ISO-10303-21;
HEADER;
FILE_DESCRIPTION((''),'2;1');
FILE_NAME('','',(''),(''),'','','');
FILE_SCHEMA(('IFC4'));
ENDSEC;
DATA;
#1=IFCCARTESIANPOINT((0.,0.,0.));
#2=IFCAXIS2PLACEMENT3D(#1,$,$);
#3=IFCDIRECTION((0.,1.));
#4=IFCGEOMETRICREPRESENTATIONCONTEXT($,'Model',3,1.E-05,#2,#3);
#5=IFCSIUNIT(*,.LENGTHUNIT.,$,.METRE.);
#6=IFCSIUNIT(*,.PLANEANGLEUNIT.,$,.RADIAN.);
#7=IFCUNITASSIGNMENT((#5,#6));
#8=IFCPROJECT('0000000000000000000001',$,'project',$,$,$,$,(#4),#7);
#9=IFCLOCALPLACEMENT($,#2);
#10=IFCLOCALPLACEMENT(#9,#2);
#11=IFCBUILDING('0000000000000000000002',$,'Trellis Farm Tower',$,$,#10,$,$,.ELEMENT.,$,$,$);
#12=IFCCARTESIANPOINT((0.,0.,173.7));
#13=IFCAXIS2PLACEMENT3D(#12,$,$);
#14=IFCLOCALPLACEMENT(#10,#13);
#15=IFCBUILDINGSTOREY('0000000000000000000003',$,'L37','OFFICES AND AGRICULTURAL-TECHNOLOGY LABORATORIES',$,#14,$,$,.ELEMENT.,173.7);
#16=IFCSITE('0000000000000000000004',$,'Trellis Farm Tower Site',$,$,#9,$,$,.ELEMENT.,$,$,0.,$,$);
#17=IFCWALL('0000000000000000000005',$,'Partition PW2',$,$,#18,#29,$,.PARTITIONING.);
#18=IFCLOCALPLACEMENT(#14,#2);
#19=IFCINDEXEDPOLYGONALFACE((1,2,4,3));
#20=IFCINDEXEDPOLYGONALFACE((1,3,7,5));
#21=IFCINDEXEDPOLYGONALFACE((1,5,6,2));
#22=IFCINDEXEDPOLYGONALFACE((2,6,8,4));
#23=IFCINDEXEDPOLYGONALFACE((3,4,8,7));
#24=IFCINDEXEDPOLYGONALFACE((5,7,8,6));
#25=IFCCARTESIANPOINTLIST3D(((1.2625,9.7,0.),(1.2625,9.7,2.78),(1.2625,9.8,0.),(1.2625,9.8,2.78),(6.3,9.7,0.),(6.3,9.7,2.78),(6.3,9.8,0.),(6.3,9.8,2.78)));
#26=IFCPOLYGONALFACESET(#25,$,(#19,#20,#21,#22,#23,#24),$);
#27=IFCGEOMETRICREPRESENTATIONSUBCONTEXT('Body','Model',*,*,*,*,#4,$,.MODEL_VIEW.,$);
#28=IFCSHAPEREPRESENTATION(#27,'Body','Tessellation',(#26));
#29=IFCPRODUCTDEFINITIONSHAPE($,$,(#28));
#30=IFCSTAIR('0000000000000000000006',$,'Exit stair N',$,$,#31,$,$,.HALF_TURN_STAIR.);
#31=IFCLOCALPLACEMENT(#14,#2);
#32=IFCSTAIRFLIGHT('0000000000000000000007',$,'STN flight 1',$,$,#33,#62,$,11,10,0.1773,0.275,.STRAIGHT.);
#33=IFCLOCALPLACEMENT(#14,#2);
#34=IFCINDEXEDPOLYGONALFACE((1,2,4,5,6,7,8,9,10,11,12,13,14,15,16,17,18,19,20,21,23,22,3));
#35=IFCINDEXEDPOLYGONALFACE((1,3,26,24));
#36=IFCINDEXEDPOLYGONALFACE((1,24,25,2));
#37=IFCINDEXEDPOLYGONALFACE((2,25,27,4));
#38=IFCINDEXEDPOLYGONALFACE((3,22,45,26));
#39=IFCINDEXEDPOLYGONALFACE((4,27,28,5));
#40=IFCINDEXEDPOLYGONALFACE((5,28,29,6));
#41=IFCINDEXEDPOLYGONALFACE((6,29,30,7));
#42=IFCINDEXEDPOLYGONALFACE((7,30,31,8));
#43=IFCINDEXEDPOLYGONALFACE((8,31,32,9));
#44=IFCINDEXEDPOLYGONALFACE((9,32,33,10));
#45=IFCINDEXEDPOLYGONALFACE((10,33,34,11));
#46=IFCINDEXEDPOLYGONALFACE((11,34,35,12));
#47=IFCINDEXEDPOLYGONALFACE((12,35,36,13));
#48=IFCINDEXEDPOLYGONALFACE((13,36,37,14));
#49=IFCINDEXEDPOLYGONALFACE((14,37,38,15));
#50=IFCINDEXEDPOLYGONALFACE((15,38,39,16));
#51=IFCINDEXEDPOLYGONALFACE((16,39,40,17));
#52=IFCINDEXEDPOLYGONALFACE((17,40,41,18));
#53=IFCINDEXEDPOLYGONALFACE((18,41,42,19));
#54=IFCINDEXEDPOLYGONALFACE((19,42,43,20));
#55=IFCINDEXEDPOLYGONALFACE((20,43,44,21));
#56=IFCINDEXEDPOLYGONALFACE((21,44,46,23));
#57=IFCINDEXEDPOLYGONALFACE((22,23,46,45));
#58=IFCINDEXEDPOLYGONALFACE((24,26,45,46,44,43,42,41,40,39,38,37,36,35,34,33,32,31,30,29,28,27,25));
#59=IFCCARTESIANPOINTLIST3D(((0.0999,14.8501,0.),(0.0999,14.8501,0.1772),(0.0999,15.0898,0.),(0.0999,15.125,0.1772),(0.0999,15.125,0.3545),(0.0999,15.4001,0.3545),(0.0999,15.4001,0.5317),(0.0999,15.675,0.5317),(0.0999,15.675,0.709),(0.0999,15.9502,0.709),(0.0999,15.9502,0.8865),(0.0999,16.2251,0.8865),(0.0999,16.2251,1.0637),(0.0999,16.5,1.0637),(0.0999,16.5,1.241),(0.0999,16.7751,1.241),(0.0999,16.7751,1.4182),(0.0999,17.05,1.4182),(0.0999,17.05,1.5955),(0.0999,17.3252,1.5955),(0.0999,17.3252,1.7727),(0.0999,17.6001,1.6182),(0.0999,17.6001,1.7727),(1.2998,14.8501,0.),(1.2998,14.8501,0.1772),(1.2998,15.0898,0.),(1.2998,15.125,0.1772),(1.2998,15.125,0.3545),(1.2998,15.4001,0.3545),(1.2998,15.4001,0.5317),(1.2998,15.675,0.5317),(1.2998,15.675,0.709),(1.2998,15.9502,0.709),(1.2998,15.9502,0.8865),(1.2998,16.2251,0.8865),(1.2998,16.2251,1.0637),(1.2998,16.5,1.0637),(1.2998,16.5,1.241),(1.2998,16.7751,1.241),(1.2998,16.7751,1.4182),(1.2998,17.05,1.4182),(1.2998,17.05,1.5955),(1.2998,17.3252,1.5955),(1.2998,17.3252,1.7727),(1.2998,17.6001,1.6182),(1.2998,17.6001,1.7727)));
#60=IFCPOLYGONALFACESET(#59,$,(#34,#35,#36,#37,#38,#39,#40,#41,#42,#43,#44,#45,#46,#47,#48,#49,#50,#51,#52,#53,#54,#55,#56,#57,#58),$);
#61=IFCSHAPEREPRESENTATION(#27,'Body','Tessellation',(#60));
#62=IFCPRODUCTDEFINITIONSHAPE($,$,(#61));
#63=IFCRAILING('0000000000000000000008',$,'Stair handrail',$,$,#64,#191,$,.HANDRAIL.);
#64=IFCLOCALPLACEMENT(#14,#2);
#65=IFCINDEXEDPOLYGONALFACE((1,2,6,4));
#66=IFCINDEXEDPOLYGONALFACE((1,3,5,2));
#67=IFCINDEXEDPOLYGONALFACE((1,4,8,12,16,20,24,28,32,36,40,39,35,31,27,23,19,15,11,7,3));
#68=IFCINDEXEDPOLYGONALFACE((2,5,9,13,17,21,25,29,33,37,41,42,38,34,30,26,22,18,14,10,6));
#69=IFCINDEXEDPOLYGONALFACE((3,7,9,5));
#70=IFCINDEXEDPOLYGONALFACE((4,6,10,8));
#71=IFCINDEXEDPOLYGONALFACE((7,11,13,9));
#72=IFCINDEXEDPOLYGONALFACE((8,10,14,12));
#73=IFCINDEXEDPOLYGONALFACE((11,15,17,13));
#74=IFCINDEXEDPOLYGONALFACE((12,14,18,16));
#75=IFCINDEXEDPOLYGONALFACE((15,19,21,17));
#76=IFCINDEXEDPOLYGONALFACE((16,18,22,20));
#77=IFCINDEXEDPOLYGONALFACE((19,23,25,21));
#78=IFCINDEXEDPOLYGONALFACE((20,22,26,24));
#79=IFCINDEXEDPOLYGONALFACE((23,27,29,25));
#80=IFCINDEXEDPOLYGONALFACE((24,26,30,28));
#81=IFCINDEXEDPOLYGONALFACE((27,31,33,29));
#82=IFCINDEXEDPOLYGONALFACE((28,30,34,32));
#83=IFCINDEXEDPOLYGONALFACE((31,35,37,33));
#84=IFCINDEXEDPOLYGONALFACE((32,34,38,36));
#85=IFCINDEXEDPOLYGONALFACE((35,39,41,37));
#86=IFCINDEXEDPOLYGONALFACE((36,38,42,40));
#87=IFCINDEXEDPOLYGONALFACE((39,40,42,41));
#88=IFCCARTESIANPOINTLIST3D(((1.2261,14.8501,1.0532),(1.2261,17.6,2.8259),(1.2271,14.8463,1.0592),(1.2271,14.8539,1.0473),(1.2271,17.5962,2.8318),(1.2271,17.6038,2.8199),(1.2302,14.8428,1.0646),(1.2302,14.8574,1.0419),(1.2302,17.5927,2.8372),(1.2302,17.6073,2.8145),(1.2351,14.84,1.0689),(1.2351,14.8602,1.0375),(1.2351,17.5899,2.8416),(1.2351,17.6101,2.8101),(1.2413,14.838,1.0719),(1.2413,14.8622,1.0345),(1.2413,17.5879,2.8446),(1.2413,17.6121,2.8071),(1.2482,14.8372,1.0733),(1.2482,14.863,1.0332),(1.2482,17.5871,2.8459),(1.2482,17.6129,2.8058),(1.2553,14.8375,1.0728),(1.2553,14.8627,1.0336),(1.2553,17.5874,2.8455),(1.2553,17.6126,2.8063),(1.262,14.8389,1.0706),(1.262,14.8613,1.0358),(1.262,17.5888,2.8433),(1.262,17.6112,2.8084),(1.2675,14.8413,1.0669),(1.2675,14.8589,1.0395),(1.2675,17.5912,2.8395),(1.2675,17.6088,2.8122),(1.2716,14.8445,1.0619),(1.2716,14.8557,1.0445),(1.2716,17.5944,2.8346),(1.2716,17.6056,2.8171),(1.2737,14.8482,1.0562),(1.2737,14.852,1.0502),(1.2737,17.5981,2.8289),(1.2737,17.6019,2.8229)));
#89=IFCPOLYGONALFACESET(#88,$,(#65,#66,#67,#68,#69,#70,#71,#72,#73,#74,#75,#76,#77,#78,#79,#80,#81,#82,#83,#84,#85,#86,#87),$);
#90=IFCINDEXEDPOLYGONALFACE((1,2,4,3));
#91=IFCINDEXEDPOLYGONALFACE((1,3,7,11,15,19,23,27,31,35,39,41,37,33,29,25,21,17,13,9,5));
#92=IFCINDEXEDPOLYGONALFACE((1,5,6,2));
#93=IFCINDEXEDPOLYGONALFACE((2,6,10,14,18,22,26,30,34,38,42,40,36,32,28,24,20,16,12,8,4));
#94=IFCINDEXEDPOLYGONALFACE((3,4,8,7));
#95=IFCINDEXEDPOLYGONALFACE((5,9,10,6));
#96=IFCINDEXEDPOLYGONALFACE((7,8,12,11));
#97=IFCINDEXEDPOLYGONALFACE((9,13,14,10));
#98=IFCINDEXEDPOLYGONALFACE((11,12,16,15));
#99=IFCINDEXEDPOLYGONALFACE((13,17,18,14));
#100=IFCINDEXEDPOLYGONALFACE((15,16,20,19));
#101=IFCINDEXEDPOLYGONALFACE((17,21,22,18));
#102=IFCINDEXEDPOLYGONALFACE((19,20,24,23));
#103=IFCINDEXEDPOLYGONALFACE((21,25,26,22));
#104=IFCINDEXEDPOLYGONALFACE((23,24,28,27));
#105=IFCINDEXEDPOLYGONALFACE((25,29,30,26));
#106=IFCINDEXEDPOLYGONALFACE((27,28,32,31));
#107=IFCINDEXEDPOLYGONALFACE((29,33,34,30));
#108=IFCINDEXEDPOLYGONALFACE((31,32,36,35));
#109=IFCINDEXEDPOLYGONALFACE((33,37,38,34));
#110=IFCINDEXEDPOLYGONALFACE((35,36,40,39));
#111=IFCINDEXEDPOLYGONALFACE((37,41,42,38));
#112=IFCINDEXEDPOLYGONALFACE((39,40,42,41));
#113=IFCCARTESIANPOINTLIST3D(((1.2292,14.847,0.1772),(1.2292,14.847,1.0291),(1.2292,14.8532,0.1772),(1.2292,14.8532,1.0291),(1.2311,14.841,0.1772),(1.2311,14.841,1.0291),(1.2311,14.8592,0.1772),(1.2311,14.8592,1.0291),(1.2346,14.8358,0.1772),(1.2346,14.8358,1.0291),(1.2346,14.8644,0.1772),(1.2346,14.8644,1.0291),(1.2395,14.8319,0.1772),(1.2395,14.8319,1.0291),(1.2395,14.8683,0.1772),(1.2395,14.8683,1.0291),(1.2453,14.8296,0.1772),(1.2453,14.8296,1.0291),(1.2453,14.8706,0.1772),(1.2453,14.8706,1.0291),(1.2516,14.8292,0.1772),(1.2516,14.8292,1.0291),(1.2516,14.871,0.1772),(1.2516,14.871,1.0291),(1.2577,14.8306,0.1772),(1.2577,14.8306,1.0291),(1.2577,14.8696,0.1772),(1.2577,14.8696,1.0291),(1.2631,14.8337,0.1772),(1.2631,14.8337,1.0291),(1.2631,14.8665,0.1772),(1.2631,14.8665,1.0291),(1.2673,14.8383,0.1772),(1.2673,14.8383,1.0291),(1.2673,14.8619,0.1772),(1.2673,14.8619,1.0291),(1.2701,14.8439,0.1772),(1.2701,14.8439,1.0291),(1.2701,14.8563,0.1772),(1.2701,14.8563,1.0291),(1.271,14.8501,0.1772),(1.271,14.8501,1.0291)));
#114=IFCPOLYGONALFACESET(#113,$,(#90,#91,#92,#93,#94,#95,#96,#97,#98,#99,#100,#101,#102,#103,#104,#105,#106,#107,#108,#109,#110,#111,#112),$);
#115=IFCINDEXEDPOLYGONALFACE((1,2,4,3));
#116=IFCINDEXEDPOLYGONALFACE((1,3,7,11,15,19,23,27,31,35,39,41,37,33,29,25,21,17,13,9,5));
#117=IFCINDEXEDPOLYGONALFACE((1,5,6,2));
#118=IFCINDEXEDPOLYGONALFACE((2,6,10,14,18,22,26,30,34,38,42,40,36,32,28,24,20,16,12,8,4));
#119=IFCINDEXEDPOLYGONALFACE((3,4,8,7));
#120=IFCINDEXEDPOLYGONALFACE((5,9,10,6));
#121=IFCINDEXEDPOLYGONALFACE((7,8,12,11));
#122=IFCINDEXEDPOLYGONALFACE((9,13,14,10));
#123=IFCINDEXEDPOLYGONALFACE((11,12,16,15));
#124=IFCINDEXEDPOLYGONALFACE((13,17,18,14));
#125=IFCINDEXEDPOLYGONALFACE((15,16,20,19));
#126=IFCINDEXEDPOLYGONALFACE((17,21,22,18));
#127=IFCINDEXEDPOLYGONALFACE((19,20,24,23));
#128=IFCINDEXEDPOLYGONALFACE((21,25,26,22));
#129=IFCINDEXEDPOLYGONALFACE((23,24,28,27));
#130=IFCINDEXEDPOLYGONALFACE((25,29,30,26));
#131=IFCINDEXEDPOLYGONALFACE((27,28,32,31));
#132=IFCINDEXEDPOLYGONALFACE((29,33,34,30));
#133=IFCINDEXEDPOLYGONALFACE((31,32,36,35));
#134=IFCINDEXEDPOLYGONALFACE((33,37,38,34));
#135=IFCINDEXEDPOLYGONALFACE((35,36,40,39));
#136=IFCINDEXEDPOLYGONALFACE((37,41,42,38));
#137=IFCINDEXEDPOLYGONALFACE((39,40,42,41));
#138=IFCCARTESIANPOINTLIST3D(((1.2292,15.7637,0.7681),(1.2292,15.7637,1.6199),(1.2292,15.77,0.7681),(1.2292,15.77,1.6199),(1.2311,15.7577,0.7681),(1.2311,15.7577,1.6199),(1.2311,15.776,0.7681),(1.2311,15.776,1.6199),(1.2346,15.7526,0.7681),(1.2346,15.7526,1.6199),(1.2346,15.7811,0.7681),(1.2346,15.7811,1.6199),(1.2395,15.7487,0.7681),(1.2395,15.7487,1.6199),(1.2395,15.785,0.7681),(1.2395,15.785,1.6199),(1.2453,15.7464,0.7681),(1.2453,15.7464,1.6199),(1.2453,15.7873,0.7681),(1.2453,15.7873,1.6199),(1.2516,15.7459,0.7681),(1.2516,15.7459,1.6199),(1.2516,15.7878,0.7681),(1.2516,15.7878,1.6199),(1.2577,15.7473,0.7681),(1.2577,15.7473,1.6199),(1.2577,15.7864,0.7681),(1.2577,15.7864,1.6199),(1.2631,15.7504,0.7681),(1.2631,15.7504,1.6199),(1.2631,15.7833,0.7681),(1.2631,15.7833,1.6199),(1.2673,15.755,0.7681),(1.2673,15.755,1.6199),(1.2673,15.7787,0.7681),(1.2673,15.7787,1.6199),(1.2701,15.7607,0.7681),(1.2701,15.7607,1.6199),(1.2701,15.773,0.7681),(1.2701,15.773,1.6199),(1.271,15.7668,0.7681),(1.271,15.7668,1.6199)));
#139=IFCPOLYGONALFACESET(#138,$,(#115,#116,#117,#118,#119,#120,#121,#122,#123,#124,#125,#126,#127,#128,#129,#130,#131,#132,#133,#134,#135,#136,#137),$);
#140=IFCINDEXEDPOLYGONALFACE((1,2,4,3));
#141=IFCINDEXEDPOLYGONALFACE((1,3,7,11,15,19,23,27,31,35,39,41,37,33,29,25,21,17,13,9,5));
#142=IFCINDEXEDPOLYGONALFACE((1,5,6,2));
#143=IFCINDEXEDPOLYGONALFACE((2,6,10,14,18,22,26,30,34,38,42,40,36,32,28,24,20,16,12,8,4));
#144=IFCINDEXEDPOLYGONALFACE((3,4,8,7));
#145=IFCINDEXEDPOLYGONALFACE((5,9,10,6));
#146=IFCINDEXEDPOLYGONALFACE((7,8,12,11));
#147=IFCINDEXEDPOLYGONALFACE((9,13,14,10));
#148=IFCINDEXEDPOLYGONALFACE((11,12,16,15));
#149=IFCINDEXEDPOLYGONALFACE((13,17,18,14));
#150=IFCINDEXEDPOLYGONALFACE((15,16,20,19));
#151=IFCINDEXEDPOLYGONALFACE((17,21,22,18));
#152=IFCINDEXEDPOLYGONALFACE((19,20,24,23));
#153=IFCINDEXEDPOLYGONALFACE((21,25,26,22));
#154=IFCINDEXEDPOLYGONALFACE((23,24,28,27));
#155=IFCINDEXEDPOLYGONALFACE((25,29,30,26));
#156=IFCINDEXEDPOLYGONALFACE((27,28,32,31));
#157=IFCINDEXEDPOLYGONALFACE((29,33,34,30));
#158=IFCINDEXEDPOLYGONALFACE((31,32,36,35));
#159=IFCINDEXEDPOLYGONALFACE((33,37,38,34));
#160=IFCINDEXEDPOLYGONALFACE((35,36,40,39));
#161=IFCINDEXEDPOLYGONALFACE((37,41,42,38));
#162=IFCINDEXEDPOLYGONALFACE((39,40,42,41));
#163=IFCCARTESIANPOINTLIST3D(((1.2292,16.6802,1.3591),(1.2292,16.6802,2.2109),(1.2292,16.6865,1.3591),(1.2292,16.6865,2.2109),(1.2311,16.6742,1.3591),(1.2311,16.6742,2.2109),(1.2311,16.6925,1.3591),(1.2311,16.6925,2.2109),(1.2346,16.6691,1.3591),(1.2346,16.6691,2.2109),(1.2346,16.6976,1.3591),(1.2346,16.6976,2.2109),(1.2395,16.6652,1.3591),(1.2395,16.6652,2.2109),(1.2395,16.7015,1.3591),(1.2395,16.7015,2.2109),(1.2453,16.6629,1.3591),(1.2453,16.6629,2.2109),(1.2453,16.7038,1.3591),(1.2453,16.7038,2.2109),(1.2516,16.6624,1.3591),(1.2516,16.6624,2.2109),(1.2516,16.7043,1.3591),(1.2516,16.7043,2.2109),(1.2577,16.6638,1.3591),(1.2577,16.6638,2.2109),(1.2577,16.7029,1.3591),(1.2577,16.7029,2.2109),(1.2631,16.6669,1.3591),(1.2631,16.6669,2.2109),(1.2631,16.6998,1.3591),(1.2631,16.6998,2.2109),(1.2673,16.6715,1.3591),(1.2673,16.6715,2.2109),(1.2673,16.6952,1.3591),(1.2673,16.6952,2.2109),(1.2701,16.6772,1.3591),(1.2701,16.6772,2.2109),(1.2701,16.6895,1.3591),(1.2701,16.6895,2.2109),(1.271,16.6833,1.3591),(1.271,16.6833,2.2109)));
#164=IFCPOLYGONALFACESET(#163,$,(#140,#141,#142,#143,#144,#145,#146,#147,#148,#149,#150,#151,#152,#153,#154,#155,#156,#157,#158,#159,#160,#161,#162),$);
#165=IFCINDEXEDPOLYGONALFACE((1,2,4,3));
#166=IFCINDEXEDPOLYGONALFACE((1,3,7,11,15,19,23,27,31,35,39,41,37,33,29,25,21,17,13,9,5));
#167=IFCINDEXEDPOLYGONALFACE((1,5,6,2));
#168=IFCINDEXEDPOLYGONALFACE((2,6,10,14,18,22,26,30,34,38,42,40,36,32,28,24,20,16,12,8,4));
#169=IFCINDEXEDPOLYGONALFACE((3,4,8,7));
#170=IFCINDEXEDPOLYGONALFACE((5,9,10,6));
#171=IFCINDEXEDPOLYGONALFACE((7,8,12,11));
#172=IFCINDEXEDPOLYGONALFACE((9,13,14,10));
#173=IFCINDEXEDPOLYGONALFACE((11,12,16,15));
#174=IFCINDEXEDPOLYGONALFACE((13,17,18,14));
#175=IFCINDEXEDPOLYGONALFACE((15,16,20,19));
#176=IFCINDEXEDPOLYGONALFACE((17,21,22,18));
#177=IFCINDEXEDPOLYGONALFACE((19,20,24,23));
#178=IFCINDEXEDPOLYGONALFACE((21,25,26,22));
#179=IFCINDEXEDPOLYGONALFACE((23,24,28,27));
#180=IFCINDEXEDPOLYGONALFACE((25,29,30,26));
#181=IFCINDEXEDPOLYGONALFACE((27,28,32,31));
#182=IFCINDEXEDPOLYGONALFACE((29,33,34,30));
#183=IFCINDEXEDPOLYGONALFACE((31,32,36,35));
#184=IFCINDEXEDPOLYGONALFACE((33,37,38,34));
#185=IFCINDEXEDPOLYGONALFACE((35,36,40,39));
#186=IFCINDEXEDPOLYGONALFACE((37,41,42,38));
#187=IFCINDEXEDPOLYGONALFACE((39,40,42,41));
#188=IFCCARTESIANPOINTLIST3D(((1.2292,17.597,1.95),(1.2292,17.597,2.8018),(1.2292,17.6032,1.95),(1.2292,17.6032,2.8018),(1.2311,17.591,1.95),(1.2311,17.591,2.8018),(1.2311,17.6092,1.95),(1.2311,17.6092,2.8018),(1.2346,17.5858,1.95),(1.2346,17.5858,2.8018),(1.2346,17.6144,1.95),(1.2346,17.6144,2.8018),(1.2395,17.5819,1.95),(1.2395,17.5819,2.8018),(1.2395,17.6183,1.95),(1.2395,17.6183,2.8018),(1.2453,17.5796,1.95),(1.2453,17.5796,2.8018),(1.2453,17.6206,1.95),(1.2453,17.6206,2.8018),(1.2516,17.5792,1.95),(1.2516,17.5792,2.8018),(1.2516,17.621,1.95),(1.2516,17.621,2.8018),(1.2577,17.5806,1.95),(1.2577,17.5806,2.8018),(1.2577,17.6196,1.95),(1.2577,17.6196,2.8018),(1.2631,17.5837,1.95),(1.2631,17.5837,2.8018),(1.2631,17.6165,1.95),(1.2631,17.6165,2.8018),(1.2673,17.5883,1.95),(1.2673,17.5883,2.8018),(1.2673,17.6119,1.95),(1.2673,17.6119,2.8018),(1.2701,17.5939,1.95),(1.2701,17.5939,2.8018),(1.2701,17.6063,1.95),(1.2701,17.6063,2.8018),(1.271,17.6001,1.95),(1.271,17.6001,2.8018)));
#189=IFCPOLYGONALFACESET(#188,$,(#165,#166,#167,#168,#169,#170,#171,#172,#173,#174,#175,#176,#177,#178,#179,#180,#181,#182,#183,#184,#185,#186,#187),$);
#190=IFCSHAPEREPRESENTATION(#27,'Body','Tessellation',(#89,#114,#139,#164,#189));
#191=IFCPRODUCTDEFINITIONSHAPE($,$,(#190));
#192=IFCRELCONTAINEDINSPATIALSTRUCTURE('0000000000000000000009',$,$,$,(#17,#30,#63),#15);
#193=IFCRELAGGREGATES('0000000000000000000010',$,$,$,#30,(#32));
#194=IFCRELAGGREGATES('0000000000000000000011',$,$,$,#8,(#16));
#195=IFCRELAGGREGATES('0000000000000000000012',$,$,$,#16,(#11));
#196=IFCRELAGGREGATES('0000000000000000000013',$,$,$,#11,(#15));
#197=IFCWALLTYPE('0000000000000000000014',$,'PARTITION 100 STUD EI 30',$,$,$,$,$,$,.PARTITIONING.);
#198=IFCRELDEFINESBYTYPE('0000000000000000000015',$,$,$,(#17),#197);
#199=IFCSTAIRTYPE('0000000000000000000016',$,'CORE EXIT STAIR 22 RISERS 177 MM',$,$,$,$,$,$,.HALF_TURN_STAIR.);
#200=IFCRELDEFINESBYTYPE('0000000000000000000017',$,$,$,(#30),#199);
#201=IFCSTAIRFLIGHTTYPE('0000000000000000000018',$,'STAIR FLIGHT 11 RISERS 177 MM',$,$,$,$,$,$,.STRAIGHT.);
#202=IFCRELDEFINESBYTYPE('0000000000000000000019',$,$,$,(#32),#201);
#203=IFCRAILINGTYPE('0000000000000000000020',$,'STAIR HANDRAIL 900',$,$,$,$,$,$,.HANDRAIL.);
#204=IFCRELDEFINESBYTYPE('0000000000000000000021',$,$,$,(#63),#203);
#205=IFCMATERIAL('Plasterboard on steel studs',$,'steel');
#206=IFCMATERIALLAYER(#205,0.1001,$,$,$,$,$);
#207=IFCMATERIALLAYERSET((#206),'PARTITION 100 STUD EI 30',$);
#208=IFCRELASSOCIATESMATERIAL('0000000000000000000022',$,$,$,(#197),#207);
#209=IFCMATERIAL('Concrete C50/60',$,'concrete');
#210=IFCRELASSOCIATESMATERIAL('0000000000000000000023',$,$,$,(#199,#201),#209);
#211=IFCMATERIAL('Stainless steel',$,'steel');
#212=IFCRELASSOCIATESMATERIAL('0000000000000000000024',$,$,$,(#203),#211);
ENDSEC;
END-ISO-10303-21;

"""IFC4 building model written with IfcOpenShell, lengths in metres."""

from ifc_helpers import new_model, si_unit, direction, frame, frame_2d, origin, origin_2d, place, context, subcontext, project, spatial, polyline, rectangle, circle, outline, extrude, source, transform, mapped, material, layer, layer_set, type_object, element, aggregate, save


model = new_model("IFC4")

# Units and contexts
model_context = context("Model", 3, precision=1e-05, world=origin(), true_north=direction((0.0, 1.0)))
body_context = subcontext(model_context, "Body", "Model", "MODEL_VIEW")
ifc_project = project(units=[si_unit("LENGTHUNIT", "METRE"), si_unit("PLANEANGLEUNIT", "RADIAN")], contexts=[model_context])

# Site, building, storey
site_placement = place(None, origin())
site = spatial("IfcSite", under=ifc_project, at=site_placement, Name="Trellis Farm Tower Site", CompositionType="ELEMENT", RefElevation=0.0)
building_placement = place(site_placement, origin())
building = spatial("IfcBuilding", under=site, at=building_placement, Name="Trellis Farm Tower", CompositionType="ELEMENT")
storey_placement = place(building_placement, frame((0.0, 0.0, 173.7)))
storey = spatial("IfcBuildingStorey", under=building, at=storey_placement, Name="L37", Description="OFFICES AND AGRICULTURAL-TECHNOLOGY LABORATORIES", CompositionType="ELEMENT", Elevation=173.7)

# Shared definitions
placement = place(storey_placement, origin())

# Shared definitions
ifc_material_1 = material(Name="Plasterboard on steel studs", Category="steel")
ifc_layer_1 = layer(ifc_material_1, 0.1001)
ifc_layer_set_1 = layer_set([ifc_layer_1], Name="PARTITION 100 STUD EI 30")
wall_type_1 = type_object("IfcWallType", Name="PARTITION 100 STUD EI 30", PredefinedType="PARTITIONING", material=ifc_layer_set_1)

# Wall
shared_shape_1 = source(origin(), body_context, "Body", "SweptSolid", [
    extrude(rectangle(XDim=5.0376, YDim=0.1001, at=frame_2d((2.5188, 0.0))), origin(), (0.0, 0.0, 1.0), 2.78),
])
wall_1_placement = place(storey_placement, frame((1.2625, 9.75, 0.0), z_axis=(0.0, 0.0, 1.0), x_axis=(1.0, 0.0, 0.0)))
element("IfcWall", 1, at=wall_1_placement, inside=storey, type_object=wall_type_1, Name="Partition PW2", PredefinedType="PARTITIONING", context=body_context, shape_type="MappedRepresentation", body=[
    mapped(shared_shape_1, transform((0.0, 0.0, 0.0))),
])

# Stair, stair flight
ifc_material_2 = material(Name="Concrete C50/60", Category="concrete")
stair_type = type_object("IfcStairType", Name="CORE EXIT STAIR 22 RISERS 177 MM", PredefinedType="HALF_TURN_STAIR", material=ifc_material_2)
stair = element("IfcStair", 2, at=placement, inside=storey, type_object=stair_type, Name="Exit stair N", PredefinedType="HALF_TURN_STAIR")
stair_flight_type = type_object("IfcStairFlightType", Name="STAIR FLIGHT 11 RISERS 177 MM", PredefinedType="STRAIGHT", material=ifc_material_2)
shared_shape_2 = source(origin(), body_context, "Body", "SweptSolid", [
    extrude(outline(polyline([(0.0, 0.0), (0.0, 0.1772), (0.2749, 0.1772), (0.2749, 0.3545), (0.55, 0.3545), (0.55, 0.5317), (0.825, 0.5317), (0.825, 0.709), (1.1001, 0.709), (1.1001, 0.8865), (1.375, 0.8865), (1.375, 1.0637), (1.6499, 1.0637), (1.6499, 1.241), (1.925, 1.241), (1.925, 1.4182), (2.2, 1.4182), (2.2, 1.5955), (2.4751, 1.5955), (2.4751, 1.7727), (2.75, 1.7727), (2.75, 1.95), (2.75, 1.6182), (0.2397, 0.0), (0.0, 0.0)])), frame((0.0, 0.6001, 0.0), z_axis=(0.0, -1.0, 0.0), x_axis=(1.0, 0.0, 0.0)), (0.0, 0.0, 1.0), 1.2),
])
stair_flight_placement = place(storey_placement, frame((0.7, 14.8501, 0.0), z_axis=(0.0, 0.0, 1.0), x_axis=(0.0, 1.0, 0.0)))
stair_flight = element("IfcStairFlight", 3, at=stair_flight_placement, type_object=stair_flight_type, Name="STN flight 1", NumberOfRisers=11, NumberOfTreads=10, PredefinedType="STRAIGHT", RiserHeight=0.1773, TreadLength=0.275, context=body_context, shape_type="MappedRepresentation", body=[
    mapped(shared_shape_2, transform((0.0, 0.0, 0.0))),
])
aggregate(stair, [stair_flight])

# Railing
ifc_material_3 = material(Name="Stainless steel", Category="steel")
railing_type = type_object("IfcRailingType", Name="STAIR HANDRAIL 900", PredefinedType="HANDRAIL", material=ifc_material_3)
shared_shape_3 = source(origin(), body_context, "Body", "SweptSolid", [
    extrude(circle(Radius=0.0239, at=origin_2d()), frame((0.0, 0.0, 0.876), z_axis=(0.0, 0.840504, 0.541806), x_axis=(-1.0, 0.0, 0.0)), (0.0, 0.0, 1.0), 3.2717),
    extrude(circle(Radius=0.021, at=origin_2d()), origin(), (0.0, 0.0, 1.0), 0.8518),
    extrude(circle(Radius=0.021, at=origin_2d()), frame((0.0, 0.9167, 0.5908)), (0.0, 0.0, 1.0), 0.8518),
    extrude(circle(Radius=0.021, at=origin_2d()), frame((0.0, 1.8333, 1.1819)), (0.0, 0.0, 1.0), 0.8518),
    extrude(circle(Radius=0.021, at=origin_2d()), frame((0.0, 2.75, 1.7727)), (0.0, 0.0, 1.0), 0.8518),
])
railing_placement = place(storey_placement, frame((1.25, 14.8501, 0.1772)))
element("IfcRailing", 4, at=railing_placement, inside=storey, type_object=railing_type, Name="Stair handrail", PredefinedType="HANDRAIL", context=body_context, shape_type="MappedRepresentation", body=[
    mapped(shared_shape_3, transform((0.0, 0.0, 0.0))),
])

save(model, "model.ifc")
